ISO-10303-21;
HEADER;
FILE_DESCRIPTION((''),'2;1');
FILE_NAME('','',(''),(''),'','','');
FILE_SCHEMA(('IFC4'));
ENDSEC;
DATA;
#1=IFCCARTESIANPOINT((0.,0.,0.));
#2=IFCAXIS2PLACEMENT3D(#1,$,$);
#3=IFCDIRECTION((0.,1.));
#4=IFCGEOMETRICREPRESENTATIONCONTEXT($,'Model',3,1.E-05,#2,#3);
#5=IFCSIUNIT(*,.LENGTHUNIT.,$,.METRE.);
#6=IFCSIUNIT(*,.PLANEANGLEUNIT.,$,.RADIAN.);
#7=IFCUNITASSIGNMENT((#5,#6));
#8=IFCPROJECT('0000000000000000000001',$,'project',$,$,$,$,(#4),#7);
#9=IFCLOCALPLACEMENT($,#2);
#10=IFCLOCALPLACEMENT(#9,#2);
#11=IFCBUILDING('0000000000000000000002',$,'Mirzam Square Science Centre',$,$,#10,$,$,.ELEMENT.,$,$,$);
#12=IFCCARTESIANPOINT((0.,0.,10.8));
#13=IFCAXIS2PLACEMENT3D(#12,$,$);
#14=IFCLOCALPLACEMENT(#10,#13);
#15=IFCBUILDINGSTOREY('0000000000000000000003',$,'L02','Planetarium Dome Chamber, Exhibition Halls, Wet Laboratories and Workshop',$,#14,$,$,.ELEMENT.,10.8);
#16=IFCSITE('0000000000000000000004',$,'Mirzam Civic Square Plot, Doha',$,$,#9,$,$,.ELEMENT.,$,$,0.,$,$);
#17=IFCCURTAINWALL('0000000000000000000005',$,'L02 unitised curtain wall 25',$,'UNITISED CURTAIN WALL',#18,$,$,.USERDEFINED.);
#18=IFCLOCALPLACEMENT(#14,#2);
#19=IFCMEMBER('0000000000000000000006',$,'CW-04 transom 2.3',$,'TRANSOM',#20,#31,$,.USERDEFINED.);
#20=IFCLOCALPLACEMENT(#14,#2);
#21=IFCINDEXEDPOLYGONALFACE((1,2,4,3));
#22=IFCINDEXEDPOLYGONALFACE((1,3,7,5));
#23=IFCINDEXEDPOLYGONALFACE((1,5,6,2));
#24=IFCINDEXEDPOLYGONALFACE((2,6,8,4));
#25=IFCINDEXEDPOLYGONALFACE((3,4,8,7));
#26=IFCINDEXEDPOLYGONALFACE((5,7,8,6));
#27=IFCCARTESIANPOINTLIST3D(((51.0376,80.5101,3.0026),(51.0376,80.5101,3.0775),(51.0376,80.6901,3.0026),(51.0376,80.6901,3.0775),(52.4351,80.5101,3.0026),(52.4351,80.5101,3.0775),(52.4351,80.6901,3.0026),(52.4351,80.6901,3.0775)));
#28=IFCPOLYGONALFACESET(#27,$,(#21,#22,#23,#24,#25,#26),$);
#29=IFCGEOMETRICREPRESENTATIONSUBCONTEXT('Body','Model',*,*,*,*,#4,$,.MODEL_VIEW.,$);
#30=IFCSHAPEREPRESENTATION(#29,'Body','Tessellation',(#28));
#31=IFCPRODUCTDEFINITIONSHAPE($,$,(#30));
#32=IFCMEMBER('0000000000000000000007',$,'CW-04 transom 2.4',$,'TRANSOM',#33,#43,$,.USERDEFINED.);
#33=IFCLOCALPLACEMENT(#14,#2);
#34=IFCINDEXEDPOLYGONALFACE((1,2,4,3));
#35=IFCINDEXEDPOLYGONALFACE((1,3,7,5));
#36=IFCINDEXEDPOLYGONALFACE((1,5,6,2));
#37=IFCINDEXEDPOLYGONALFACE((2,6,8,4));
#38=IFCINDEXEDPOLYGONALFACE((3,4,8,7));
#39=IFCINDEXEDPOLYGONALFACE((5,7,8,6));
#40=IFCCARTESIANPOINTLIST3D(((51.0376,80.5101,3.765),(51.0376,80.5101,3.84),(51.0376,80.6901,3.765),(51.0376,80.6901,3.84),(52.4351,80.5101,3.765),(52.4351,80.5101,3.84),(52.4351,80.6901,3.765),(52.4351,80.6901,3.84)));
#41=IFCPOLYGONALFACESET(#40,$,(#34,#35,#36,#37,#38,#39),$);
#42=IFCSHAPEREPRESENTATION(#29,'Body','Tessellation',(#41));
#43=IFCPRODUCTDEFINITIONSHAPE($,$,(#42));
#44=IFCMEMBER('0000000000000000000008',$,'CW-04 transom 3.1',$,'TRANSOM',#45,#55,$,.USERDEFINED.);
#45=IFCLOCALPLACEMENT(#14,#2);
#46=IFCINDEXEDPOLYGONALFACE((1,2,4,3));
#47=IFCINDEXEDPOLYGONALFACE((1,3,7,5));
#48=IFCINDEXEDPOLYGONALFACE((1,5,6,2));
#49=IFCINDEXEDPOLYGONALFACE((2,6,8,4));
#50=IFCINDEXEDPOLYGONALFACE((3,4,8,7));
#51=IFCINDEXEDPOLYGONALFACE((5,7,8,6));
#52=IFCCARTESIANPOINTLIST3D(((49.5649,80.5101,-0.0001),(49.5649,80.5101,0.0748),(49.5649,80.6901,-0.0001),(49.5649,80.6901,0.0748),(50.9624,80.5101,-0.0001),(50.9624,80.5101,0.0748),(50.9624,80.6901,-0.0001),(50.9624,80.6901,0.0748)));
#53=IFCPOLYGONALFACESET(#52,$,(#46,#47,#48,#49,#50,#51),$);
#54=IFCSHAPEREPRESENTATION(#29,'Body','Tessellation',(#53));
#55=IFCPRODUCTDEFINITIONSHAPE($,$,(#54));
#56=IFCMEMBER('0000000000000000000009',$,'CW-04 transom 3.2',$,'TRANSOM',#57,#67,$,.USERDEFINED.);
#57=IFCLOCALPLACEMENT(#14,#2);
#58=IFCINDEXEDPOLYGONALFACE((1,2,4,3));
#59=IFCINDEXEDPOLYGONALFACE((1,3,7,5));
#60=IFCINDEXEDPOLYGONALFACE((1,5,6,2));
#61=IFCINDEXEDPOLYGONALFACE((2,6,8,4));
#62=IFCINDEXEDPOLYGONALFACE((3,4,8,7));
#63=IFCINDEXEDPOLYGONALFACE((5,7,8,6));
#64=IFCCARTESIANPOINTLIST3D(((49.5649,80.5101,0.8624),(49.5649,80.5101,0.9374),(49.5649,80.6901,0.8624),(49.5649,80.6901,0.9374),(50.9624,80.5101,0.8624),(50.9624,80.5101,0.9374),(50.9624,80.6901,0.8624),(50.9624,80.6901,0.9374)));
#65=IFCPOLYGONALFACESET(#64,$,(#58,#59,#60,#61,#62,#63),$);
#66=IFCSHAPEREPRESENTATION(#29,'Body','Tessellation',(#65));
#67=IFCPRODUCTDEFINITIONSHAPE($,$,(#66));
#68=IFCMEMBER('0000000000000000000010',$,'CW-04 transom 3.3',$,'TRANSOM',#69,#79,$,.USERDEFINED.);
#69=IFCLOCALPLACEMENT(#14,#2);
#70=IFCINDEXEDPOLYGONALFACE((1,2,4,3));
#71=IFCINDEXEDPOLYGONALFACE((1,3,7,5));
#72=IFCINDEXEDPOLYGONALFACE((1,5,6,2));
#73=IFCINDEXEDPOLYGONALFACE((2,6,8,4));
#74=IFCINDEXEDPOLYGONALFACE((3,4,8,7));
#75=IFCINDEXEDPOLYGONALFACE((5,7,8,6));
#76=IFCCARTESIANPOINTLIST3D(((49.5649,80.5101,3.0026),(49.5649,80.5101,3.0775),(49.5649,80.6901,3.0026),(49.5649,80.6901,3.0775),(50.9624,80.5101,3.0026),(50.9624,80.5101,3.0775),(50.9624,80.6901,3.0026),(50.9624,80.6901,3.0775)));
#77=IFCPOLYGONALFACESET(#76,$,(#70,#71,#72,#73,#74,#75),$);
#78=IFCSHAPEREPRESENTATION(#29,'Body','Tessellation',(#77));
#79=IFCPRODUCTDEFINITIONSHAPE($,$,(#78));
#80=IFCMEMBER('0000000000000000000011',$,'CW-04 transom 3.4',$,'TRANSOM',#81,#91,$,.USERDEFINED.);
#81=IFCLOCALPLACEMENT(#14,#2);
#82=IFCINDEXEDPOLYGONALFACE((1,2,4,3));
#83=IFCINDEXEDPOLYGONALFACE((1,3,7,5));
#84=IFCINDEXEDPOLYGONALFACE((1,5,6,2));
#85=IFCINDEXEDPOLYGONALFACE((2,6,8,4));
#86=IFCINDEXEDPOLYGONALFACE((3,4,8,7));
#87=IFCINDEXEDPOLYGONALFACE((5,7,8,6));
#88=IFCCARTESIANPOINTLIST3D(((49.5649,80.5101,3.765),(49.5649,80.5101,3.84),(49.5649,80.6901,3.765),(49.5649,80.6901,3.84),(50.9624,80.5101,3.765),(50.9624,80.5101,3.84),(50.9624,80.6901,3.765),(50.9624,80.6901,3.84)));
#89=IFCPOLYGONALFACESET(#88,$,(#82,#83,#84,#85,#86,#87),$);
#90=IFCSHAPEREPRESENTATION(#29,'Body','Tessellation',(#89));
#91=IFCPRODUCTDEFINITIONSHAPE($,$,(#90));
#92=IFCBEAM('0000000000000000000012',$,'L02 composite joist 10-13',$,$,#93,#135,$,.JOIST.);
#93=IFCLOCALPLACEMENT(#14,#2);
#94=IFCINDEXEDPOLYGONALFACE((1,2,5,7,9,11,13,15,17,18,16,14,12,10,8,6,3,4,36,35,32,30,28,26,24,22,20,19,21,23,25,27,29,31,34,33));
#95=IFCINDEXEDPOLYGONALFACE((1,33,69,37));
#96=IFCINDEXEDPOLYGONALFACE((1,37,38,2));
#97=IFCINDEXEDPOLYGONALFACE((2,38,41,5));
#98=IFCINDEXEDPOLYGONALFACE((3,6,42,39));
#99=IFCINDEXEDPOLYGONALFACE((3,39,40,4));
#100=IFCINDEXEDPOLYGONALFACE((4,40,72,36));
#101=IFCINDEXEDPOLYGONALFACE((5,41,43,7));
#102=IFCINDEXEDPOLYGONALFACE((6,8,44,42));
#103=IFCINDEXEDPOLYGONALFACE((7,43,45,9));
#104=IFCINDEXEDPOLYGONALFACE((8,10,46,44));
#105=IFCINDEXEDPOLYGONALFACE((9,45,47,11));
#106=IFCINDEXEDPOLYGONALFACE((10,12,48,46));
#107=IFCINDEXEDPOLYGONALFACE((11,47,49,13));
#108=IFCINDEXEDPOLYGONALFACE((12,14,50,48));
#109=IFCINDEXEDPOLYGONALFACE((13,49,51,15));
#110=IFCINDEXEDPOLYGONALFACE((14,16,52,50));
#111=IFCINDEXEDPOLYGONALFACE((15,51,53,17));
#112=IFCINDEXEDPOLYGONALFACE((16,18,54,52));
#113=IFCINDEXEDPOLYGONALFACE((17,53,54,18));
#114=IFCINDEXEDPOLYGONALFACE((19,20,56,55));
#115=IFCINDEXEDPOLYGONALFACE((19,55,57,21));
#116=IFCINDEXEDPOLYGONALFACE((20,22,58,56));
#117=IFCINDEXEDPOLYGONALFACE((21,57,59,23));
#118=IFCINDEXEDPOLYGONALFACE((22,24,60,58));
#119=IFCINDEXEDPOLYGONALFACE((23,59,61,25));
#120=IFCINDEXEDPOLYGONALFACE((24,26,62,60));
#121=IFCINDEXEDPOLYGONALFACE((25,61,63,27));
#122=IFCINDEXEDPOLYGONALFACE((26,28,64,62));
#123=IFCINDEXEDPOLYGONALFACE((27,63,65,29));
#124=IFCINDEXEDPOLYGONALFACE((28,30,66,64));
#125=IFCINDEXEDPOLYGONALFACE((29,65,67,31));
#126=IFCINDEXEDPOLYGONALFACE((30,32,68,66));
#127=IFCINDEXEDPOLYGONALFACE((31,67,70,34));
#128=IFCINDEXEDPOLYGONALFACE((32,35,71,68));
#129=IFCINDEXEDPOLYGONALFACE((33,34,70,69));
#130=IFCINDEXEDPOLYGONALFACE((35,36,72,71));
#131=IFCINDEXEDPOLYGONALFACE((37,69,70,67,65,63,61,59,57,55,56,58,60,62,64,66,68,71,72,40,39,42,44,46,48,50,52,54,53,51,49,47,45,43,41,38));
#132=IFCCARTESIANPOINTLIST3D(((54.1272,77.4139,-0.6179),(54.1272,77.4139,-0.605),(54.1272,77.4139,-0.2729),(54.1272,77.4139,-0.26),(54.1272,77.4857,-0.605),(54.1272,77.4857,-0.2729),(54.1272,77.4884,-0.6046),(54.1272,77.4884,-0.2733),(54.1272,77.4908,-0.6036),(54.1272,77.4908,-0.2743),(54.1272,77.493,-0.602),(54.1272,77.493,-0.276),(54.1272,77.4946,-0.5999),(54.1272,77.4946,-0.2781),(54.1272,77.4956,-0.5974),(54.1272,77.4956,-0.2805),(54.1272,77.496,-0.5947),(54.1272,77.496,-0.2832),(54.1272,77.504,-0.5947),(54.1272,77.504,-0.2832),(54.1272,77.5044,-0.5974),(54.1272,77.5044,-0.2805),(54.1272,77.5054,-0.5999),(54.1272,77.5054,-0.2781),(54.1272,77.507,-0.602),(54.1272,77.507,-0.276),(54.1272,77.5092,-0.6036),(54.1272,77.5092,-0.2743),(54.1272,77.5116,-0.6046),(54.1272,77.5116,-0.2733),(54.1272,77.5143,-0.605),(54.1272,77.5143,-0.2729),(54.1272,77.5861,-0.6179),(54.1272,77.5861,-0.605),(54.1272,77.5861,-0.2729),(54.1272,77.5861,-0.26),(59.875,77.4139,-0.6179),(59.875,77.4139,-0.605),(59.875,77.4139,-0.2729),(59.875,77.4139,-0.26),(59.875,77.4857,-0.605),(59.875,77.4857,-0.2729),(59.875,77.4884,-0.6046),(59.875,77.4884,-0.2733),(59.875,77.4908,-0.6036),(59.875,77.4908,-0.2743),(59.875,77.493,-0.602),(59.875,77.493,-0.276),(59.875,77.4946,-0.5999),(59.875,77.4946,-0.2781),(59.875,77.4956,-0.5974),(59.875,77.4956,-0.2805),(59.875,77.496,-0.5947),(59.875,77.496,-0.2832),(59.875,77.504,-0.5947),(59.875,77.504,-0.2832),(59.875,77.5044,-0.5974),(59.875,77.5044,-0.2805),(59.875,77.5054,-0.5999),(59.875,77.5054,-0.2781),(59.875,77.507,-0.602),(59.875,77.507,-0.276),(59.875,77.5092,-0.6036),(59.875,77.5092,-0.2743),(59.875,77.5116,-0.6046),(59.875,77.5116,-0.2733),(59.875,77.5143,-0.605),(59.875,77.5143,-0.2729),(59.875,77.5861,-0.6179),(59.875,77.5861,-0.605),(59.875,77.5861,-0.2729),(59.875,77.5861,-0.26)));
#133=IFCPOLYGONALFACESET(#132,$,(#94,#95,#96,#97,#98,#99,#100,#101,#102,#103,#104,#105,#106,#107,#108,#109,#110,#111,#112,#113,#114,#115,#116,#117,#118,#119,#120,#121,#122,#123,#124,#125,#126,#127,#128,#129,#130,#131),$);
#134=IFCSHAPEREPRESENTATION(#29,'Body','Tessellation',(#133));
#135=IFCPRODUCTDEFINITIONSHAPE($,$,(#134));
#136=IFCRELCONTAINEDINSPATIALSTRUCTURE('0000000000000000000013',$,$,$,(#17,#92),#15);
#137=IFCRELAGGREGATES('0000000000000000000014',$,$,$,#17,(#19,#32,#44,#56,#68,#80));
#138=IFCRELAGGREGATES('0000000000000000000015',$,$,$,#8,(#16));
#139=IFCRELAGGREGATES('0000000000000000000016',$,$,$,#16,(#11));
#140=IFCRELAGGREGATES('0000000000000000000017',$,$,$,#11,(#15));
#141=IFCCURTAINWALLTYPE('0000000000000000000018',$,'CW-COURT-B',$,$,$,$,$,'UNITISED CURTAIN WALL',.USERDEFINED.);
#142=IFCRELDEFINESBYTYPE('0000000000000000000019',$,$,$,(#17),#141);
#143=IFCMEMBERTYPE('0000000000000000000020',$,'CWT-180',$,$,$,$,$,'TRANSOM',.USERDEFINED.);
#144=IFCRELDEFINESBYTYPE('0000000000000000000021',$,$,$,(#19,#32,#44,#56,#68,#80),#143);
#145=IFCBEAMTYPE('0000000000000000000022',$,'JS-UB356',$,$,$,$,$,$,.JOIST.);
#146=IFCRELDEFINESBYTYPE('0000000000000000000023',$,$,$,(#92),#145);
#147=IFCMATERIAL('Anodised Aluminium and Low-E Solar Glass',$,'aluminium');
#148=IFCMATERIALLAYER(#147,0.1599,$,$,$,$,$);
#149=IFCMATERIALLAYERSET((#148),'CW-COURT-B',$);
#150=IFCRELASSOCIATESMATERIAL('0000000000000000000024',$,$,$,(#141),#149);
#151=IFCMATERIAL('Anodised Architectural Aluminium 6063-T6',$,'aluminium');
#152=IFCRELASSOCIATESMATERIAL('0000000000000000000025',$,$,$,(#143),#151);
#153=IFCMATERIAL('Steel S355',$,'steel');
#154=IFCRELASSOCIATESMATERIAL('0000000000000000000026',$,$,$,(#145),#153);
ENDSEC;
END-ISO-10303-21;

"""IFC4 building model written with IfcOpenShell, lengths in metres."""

from ifc_helpers import new_model, si_unit, direction, frame, origin, origin_2d, place, context, subcontext, project, spatial, rectangle, i_section, extrude, material, layer, layer_set, material_profile, profile_set, type_object, element, aggregate, save


model = new_model("IFC4")

# Units and contexts
model_context = context("Model", 3, precision=1e-05, world=origin(), true_north=direction((0.0, 1.0)))
body_context = subcontext(model_context, "Body", "Model", "MODEL_VIEW")
ifc_project = project(units=[si_unit("LENGTHUNIT", "METRE"), si_unit("PLANEANGLEUNIT", "RADIAN")], contexts=[model_context])

# Site, building, storey
site_placement = place(None, origin())
site = spatial("IfcSite", under=ifc_project, at=site_placement, Name="Mirzam Civic Square Plot, Doha", CompositionType="ELEMENT", RefElevation=0.0)
building_placement = place(site_placement, origin())
building = spatial("IfcBuilding", under=site, at=building_placement, Name="Mirzam Square Science Centre", CompositionType="ELEMENT")
storey_placement = place(building_placement, frame((0.0, 0.0, 10.8)))
storey = spatial("IfcBuildingStorey", under=building, at=storey_placement, Name="L02", Description="Planetarium Dome Chamber, Exhibition Halls, Wet Laboratories and Workshop", CompositionType="ELEMENT", Elevation=10.8)

# Shared definitions
ifc_material_1 = material(Name="Steel S355", Category="steel")

# Shared definitions
ifc_material_2 = material(Name="Anodised Aluminium and Low-E Solar Glass", Category="aluminium")
ifc_material_3 = material(Name="Anodised Architectural Aluminium 6063-T6", Category="aluminium")

# Curtain wall, members
ifc_layer_1 = layer(ifc_material_2, 0.1599)
ifc_layer_set_1 = layer_set([ifc_layer_1], Name="CW-COURT-B")
curtain_wall_type_1 = type_object("IfcCurtainWallType", Name="CW-COURT-B", ElementType="UNITISED CURTAIN WALL", PredefinedType="USERDEFINED", material=ifc_layer_set_1)
curtain_wall_1_placement = place(storey_placement, origin())
curtain_wall_1 = element("IfcCurtainWall", 1, at=curtain_wall_1_placement, inside=storey, type_object=curtain_wall_type_1, Name="L02 unitised curtain wall 25", ObjectType="UNITISED CURTAIN WALL", PredefinedType="USERDEFINED")
ifc_material_profile_1 = material_profile(ifc_material_3, rectangle(XDim=0.1799, YDim=0.075, at=origin_2d()), Name="ALU-TRAN-180x75x5")
ifc_profile_set_1 = profile_set([ifc_material_profile_1], Name="Anodised Architectural Aluminium 6063-T6")
member_type_1 = type_object("IfcMemberType", Name="CWT-180", ElementType="TRANSOM", PredefinedType="USERDEFINED", material=ifc_profile_set_1)
member_1_placement = place(storey_placement, frame((52.4351, 80.6001, 3.04), z_axis=(-1.0, 0.0, 0.0), x_axis=(0.0, -1.0, 0.0)))
member_1 = element("IfcMember", 2, at=member_1_placement, type_object=member_type_1, Name="CW-04 transom 2.3", ObjectType="TRANSOM", PredefinedType="USERDEFINED", context=body_context, shape_type="SweptSolid", body=[
    extrude(rectangle(XDim=0.1799, YDim=0.075, at=origin_2d()), origin(), (0.0, 0.0, 1.0), 1.3975),
])
member_2_placement = place(storey_placement, frame((52.4351, 80.6001, 3.8025), z_axis=(-1.0, 0.0, 0.0), x_axis=(0.0, -1.0, 0.0)))
member_2 = element("IfcMember", 3, at=member_2_placement, type_object=member_type_1, Name="CW-04 transom 2.4", ObjectType="TRANSOM", PredefinedType="USERDEFINED", context=body_context, shape_type="SweptSolid", body=[
    extrude(rectangle(XDim=0.1799, YDim=0.075, at=origin_2d()), origin(), (0.0, 0.0, 1.0), 1.3975),
])
member_3_placement = place(storey_placement, frame((50.9624, 80.6001, 0.0374), z_axis=(-1.0, 0.0, 0.0), x_axis=(0.0, -1.0, 0.0)))
member_3 = element("IfcMember", 4, at=member_3_placement, type_object=member_type_1, Name="CW-04 transom 3.1", ObjectType="TRANSOM", PredefinedType="USERDEFINED", context=body_context, shape_type="SweptSolid", body=[
    extrude(rectangle(XDim=0.1799, YDim=0.075, at=origin_2d()), origin(), (0.0, 0.0, 1.0), 1.3975),
])
member_4_placement = place(storey_placement, frame((50.9624, 80.6001, 0.8999), z_axis=(-1.0, 0.0, 0.0), x_axis=(0.0, -1.0, 0.0)))
member_4 = element("IfcMember", 5, at=member_4_placement, type_object=member_type_1, Name="CW-04 transom 3.2", ObjectType="TRANSOM", PredefinedType="USERDEFINED", context=body_context, shape_type="SweptSolid", body=[
    extrude(rectangle(XDim=0.1799, YDim=0.075, at=origin_2d()), origin(), (0.0, 0.0, 1.0), 1.3975),
])
member_5_placement = place(storey_placement, frame((50.9624, 80.6001, 3.04), z_axis=(-1.0, 0.0, 0.0), x_axis=(0.0, -1.0, 0.0)))
member_5 = element("IfcMember", 6, at=member_5_placement, type_object=member_type_1, Name="CW-04 transom 3.3", ObjectType="TRANSOM", PredefinedType="USERDEFINED", context=body_context, shape_type="SweptSolid", body=[
    extrude(rectangle(XDim=0.1799, YDim=0.075, at=origin_2d()), origin(), (0.0, 0.0, 1.0), 1.3975),
])
member_6_placement = place(storey_placement, frame((50.9624, 80.6001, 3.8025), z_axis=(-1.0, 0.0, 0.0), x_axis=(0.0, -1.0, 0.0)))
member_6 = element("IfcMember", 7, at=member_6_placement, type_object=member_type_1, Name="CW-04 transom 3.4", ObjectType="TRANSOM", PredefinedType="USERDEFINED", context=body_context, shape_type="SweptSolid", body=[
    extrude(rectangle(XDim=0.1799, YDim=0.075, at=origin_2d()), origin(), (0.0, 0.0, 1.0), 1.3975),
])

# Beam
ifc_material_profile_2 = material_profile(ifc_material_1, i_section(OverallWidth=0.1721, OverallDepth=0.3579, WebThickness=0.0081, FlangeThickness=0.0129, FilletRadius=0.0103, at=origin_2d()), Name="356x171x57UB")
ifc_profile_set_2 = profile_set([ifc_material_profile_2], Name="Steel S355")
beam_type_1 = type_object("IfcBeamType", Name="JS-UB356", PredefinedType="JOIST", material=ifc_profile_set_2)
beam_1_placement = place(storey_placement, frame((54.1272, 77.5, -0.439), z_axis=(1.0, 0.0, 0.0), x_axis=(0.0, 1.0, 0.0)))
element("IfcBeam", 8, at=beam_1_placement, inside=storey, type_object=beam_type_1, Name="L02 composite joist 10-13", PredefinedType="JOIST", context=body_context, shape_type="SweptSolid", body=[
    extrude(i_section(OverallWidth=0.1721, OverallDepth=0.3579, WebThickness=0.0081, FlangeThickness=0.0129, FilletRadius=0.0103, at=origin_2d()), origin(), (0.0, 0.0, 1.0), 5.7478),
])

aggregate(curtain_wall_1, [member_1, member_2, member_3, member_4, member_5, member_6])

save(model, "model.ifc")
